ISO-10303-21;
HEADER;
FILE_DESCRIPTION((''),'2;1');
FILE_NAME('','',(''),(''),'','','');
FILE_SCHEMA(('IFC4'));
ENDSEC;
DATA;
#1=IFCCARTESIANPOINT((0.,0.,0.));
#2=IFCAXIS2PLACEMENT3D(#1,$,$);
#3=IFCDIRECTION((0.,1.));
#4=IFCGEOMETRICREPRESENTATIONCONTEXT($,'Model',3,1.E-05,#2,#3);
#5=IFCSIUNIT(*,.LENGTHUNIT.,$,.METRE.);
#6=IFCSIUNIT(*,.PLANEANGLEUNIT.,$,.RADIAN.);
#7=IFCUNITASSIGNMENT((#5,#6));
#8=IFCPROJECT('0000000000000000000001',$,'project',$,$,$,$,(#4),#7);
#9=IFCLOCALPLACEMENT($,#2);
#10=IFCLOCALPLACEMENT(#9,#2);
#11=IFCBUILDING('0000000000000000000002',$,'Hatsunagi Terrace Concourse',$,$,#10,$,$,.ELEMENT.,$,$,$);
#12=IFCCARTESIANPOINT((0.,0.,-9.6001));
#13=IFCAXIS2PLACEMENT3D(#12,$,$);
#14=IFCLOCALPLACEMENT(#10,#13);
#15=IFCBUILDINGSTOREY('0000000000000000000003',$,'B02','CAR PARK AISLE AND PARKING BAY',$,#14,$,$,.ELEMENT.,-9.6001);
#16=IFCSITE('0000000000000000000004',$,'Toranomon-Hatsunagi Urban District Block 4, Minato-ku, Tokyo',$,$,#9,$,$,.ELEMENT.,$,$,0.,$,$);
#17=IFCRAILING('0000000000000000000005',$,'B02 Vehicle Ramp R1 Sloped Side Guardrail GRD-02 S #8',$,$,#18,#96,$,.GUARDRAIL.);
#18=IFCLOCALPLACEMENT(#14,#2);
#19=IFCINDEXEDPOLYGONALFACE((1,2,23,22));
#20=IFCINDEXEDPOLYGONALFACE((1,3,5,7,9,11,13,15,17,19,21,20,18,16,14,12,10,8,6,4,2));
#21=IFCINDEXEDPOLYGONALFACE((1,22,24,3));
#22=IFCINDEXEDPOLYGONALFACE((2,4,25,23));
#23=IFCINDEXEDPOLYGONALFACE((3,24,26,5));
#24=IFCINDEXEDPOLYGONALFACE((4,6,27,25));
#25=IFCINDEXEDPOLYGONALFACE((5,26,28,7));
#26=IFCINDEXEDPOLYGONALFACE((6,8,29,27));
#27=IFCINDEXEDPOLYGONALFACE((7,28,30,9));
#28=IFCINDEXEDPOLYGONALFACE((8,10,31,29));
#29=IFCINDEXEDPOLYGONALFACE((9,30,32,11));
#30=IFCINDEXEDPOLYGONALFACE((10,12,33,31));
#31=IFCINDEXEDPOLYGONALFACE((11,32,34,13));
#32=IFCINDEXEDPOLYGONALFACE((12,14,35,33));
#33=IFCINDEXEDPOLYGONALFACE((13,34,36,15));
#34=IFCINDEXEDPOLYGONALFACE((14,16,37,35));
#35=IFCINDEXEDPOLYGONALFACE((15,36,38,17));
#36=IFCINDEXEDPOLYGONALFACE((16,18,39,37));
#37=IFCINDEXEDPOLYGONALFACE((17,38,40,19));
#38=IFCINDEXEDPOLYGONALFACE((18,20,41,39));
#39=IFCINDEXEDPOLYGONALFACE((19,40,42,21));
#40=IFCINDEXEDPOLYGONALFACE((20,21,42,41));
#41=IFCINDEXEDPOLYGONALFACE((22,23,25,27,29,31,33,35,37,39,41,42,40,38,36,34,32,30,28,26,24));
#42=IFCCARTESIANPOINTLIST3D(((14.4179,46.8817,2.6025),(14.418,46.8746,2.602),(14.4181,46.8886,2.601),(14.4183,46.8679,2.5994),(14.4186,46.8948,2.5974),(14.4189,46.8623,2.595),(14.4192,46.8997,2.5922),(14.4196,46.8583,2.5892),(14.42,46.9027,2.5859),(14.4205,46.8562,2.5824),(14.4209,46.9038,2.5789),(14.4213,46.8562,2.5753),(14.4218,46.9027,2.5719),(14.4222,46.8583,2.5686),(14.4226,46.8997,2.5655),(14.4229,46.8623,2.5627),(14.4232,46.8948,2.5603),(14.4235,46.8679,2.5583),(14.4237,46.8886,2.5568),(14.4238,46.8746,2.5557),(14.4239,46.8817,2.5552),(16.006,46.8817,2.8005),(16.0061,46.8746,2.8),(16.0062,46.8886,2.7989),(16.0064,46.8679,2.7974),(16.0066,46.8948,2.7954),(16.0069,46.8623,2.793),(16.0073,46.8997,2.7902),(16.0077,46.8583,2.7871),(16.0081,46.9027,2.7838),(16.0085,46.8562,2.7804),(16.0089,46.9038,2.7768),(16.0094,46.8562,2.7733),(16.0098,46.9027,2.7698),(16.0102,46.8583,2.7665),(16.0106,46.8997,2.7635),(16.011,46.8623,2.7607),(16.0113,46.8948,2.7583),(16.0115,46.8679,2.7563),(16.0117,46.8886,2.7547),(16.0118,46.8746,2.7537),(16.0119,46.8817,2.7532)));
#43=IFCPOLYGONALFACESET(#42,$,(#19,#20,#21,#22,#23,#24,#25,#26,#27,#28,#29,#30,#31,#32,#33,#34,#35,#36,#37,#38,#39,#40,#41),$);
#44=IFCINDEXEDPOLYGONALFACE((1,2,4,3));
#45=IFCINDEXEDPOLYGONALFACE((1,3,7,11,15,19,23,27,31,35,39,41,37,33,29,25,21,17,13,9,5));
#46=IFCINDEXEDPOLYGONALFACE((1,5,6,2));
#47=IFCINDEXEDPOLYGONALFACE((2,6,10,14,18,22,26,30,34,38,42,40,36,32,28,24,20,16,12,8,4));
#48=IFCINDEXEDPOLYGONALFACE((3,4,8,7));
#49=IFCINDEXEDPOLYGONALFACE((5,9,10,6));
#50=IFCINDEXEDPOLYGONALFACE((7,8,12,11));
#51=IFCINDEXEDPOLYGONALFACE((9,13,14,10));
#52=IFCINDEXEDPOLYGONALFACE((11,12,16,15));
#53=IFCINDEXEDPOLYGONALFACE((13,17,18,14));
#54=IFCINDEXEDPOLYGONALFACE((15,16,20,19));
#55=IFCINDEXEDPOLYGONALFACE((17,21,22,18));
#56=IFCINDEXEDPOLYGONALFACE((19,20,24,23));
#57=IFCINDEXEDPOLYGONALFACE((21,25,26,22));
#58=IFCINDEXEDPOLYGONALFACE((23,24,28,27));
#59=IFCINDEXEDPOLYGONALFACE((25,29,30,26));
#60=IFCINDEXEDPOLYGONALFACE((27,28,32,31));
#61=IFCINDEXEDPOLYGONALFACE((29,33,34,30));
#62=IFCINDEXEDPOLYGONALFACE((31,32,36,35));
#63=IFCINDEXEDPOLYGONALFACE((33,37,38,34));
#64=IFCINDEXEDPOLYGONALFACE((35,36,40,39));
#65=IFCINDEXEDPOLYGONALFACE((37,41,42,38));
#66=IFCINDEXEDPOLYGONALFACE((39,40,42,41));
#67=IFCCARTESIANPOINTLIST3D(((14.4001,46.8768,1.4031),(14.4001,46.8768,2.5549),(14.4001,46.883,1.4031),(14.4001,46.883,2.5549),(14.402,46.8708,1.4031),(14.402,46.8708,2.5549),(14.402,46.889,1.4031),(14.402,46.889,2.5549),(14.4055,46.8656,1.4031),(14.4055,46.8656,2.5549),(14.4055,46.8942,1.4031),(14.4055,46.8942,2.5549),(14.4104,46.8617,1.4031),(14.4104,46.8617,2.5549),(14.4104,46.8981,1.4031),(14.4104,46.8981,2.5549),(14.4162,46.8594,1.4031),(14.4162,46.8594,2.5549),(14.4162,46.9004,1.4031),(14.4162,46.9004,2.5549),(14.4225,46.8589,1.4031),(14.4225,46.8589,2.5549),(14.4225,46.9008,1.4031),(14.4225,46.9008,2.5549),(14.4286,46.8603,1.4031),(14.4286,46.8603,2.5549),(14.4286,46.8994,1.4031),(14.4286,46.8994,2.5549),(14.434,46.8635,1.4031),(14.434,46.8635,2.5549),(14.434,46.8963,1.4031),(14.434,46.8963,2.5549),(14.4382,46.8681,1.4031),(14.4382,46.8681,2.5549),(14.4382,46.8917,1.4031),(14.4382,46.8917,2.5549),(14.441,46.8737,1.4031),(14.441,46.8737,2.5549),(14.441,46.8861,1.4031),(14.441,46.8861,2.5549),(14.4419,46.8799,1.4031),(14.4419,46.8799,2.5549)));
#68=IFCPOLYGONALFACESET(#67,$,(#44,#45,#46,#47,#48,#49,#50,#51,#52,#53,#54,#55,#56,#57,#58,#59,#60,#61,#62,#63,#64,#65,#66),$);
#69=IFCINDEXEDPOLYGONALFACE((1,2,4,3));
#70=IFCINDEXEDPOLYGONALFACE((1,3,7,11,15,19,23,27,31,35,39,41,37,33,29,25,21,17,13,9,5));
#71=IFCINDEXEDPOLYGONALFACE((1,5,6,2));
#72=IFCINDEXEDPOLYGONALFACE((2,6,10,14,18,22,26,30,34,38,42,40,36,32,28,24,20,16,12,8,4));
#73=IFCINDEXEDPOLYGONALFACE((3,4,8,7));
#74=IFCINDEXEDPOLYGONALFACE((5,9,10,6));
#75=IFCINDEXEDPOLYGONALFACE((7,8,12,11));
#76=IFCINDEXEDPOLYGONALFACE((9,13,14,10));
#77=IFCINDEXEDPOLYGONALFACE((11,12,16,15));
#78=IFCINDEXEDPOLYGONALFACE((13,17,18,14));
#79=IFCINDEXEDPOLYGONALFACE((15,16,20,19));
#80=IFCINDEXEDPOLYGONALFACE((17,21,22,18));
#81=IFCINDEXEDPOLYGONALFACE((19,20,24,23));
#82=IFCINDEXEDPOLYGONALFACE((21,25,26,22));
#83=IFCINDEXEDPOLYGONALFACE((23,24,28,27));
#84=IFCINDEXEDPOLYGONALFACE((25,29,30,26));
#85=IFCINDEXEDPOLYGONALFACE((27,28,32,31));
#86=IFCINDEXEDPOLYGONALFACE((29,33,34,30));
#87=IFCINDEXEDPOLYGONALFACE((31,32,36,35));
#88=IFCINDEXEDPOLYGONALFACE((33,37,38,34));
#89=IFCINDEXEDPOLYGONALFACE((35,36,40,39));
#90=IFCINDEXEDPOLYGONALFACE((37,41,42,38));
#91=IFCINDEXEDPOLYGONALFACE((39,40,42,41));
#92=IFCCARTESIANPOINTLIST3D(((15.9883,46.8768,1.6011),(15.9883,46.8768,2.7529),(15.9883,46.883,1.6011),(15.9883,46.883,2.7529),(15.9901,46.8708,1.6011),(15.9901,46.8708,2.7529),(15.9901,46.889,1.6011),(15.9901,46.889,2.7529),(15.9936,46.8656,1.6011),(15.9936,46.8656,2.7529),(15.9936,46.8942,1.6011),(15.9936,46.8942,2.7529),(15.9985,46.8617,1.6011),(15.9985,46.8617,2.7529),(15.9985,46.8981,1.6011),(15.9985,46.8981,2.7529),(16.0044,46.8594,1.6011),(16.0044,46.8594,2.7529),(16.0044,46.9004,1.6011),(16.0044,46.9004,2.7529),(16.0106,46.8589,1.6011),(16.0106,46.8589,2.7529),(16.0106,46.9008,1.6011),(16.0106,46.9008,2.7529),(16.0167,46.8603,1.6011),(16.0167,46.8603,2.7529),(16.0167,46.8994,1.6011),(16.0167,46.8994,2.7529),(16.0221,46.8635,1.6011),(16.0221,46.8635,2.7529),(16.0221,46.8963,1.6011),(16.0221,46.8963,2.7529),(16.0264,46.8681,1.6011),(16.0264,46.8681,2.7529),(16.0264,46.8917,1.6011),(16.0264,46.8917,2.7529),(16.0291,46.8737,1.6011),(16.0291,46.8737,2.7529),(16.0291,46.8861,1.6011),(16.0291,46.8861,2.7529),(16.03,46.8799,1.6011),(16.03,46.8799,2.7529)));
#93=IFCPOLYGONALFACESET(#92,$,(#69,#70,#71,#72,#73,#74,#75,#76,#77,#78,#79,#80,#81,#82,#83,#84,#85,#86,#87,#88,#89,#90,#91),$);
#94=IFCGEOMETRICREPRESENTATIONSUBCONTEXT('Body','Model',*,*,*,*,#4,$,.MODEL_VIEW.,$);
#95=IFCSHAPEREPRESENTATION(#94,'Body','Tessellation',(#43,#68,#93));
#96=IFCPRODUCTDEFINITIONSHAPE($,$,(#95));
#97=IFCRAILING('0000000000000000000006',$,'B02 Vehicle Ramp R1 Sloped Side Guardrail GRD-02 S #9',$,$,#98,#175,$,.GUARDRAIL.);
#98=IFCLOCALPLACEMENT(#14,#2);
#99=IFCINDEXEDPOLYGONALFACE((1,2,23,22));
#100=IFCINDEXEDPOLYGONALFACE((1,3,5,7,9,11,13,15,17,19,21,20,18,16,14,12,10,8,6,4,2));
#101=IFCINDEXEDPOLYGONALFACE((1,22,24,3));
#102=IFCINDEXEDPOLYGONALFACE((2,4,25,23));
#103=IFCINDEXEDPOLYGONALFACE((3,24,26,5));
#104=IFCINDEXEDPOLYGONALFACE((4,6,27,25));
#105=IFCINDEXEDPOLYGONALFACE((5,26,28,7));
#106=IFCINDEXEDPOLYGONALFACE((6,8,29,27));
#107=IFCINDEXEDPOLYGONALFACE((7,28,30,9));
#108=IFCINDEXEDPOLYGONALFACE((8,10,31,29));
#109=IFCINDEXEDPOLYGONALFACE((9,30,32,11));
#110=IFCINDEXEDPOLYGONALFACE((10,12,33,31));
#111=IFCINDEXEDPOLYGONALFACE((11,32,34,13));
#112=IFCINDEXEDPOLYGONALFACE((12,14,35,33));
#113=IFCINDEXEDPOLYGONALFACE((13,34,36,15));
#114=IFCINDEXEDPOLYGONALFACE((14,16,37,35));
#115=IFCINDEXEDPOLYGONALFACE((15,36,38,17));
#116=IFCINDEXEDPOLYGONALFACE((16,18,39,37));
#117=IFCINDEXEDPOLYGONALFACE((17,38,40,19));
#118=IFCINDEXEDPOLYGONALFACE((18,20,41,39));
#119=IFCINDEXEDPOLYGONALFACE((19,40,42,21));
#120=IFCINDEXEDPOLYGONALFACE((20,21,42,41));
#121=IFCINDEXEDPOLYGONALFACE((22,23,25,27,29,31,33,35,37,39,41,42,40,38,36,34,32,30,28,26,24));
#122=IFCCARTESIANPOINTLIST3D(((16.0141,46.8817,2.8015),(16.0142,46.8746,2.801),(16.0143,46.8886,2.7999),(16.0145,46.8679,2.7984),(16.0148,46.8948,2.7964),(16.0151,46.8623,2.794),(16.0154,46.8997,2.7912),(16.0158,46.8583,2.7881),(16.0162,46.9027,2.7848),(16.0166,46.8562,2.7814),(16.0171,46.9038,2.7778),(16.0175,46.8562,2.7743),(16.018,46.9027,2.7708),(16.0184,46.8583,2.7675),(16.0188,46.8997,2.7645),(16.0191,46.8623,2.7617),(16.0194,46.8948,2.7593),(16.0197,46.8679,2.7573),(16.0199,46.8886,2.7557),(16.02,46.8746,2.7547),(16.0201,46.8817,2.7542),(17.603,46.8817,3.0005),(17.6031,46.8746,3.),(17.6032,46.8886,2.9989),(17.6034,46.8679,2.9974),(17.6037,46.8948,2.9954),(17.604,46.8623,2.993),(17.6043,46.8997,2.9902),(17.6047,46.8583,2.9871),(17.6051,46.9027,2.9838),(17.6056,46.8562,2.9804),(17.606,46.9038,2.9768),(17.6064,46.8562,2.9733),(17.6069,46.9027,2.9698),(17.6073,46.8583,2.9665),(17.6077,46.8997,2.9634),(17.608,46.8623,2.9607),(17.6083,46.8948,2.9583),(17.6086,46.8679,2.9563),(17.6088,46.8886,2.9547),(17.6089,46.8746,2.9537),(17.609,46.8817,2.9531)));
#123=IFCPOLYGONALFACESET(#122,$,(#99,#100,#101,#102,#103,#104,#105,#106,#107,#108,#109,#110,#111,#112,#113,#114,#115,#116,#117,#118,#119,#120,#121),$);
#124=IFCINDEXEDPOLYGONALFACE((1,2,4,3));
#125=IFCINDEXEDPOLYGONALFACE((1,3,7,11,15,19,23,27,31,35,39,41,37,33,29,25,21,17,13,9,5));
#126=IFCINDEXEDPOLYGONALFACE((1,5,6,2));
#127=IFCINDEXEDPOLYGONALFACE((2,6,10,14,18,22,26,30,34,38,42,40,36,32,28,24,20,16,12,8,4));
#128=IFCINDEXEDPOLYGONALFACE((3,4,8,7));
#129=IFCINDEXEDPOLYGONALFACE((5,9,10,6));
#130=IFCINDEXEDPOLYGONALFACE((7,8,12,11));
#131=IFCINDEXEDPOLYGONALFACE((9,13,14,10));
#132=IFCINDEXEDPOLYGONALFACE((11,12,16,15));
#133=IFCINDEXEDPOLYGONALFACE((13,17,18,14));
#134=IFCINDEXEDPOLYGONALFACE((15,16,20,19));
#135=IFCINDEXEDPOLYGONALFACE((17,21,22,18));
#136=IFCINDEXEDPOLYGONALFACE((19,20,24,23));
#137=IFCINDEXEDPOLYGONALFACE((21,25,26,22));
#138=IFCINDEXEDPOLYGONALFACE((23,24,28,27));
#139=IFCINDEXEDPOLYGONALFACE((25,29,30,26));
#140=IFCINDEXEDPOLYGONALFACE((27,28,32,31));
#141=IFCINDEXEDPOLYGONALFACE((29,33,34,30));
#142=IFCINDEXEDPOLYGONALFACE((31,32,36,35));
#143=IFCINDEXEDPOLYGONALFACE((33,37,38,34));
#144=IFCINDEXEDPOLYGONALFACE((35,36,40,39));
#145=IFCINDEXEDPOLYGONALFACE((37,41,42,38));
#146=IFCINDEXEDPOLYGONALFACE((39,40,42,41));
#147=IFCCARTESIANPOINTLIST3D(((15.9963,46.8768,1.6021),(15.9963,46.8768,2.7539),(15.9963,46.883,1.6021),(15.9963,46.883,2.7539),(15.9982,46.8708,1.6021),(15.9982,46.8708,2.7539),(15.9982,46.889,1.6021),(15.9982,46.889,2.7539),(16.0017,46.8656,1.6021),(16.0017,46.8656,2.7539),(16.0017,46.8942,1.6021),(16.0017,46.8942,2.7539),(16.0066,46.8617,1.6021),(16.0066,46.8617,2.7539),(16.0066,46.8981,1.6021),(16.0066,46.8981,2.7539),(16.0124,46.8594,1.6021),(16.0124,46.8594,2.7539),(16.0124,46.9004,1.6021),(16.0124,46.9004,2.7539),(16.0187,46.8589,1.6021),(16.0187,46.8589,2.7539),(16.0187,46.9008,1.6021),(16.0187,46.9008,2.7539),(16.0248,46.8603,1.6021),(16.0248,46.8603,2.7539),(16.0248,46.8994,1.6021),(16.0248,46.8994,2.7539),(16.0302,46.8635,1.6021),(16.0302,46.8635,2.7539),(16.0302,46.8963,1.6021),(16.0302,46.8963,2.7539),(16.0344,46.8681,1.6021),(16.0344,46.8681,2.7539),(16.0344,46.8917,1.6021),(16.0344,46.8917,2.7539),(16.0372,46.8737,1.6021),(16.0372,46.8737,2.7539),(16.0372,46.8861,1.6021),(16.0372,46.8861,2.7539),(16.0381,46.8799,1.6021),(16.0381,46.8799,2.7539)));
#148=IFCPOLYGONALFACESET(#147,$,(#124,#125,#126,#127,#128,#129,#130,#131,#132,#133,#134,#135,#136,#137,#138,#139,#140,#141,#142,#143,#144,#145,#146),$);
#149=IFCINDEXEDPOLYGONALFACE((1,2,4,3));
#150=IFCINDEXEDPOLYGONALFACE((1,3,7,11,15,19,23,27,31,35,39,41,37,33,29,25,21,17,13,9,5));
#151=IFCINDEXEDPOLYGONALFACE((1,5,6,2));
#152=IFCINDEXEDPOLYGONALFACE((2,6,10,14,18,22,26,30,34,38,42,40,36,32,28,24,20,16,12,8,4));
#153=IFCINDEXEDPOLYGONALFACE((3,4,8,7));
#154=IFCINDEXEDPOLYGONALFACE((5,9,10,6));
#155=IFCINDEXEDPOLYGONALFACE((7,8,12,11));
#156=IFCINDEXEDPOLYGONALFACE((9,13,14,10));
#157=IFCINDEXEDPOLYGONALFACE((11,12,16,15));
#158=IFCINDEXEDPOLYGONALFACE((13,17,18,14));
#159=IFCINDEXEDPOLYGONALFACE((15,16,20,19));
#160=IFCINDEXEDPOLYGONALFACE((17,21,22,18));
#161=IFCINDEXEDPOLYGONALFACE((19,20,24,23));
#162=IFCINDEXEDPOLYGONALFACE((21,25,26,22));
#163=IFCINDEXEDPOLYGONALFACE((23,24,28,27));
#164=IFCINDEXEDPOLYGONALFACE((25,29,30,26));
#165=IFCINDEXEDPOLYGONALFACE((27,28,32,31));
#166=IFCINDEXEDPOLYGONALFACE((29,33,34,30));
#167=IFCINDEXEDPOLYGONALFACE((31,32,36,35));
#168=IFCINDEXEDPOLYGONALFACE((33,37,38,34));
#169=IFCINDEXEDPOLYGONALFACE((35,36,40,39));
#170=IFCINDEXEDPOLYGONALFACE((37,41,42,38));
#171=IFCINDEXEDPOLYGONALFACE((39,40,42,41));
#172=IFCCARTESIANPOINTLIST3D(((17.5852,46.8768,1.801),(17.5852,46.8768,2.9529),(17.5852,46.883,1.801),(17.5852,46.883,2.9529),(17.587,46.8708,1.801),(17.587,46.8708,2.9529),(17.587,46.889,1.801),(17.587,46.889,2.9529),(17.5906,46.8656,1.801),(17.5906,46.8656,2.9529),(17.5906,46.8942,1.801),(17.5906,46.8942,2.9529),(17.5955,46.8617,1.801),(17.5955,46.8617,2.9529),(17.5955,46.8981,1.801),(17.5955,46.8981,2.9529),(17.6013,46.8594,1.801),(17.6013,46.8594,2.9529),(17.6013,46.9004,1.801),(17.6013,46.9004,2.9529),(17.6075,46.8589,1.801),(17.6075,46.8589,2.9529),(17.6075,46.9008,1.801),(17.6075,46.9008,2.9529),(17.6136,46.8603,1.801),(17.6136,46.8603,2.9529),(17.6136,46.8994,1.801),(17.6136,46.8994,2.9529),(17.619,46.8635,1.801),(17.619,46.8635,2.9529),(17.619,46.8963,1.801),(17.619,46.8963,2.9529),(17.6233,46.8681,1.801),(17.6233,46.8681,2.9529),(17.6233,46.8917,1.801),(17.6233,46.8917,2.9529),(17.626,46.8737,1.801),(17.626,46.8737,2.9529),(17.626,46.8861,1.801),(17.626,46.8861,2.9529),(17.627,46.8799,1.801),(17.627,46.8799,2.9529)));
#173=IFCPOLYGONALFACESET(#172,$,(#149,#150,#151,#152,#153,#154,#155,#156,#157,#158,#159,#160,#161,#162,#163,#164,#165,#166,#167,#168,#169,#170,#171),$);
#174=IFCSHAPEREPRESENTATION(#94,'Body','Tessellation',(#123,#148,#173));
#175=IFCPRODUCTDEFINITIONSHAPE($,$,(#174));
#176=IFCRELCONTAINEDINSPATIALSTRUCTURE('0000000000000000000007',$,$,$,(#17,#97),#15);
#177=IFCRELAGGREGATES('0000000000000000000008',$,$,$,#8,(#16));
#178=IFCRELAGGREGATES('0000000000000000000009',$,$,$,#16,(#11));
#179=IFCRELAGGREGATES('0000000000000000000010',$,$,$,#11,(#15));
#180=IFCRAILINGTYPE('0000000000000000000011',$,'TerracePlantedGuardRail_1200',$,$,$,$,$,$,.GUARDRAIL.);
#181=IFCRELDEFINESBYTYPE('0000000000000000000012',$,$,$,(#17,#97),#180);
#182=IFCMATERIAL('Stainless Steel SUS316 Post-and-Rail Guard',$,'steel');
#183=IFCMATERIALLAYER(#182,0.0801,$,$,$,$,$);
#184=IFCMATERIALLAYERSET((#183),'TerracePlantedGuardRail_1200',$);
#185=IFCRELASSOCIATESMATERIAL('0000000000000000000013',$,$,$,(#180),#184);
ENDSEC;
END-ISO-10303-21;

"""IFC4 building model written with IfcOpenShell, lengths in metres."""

from ifc_helpers import new_model, si_unit, direction, frame, origin, origin_2d, place, context, subcontext, project, spatial, circle, extrude, material, layer, layer_set, type_object, element, save


model = new_model("IFC4")

# Units and contexts
model_context = context("Model", 3, precision=1e-05, world=origin(), true_north=direction((0.0, 1.0)))
body_context = subcontext(model_context, "Body", "Model", "MODEL_VIEW")
ifc_project = project(units=[si_unit("LENGTHUNIT", "METRE"), si_unit("PLANEANGLEUNIT", "RADIAN")], contexts=[model_context])

# Site, building, storey
site_placement = place(None, origin())
site = spatial("IfcSite", under=ifc_project, at=site_placement, Name="Toranomon-Hatsunagi Urban District Block 4, Minato-ku, Tokyo", CompositionType="ELEMENT", RefElevation=0.0)
building_placement = place(site_placement, origin())
building = spatial("IfcBuilding", under=site, at=building_placement, Name="Hatsunagi Terrace Concourse", CompositionType="ELEMENT")
storey_placement = place(building_placement, frame((0.0, 0.0, -9.6001)))
storey = spatial("IfcBuildingStorey", under=building, at=storey_placement, Name="B02", Description="CAR PARK AISLE AND PARKING BAY", CompositionType="ELEMENT", Elevation=-9.6001)

# Railings
ifc_material_1 = material(Name="Stainless Steel SUS316 Post-and-Rail Guard", Category="steel")
ifc_layer_1 = layer(ifc_material_1, 0.0801)
ifc_layer_set_1 = layer_set([ifc_layer_1], Name="TerracePlantedGuardRail_1200")
railing_type = type_object("IfcRailingType", Name="TerracePlantedGuardRail_1200", PredefinedType="GUARDRAIL", material=ifc_layer_set_1)
railing_1_placement = place(storey_placement, frame((14.4209, 46.8799, 1.4031)))
element("IfcRailing", 1, at=railing_1_placement, inside=storey, type_object=railing_type, Name="B02 Vehicle Ramp R1 Sloped Side Guardrail GRD-02 S #8", PredefinedType="GUARDRAIL", context=body_context, shape_type="SweptSolid", body=[
    extrude(circle(Radius=0.0239, at=origin_2d()), frame((0.0, 0.0, 1.1758), z_axis=(0.992318, 0.0, 0.123716), x_axis=(0.0, 1.0, 0.0)), (0.0, 0.0, 1.0), 1.6003),
    extrude(circle(Radius=0.021, at=origin_2d()), origin(), (0.0, 0.0, 1.0), 1.1519),
    extrude(circle(Radius=0.021, at=origin_2d()), frame((1.5881, 0.0, 0.198)), (0.0, 0.0, 1.0), 1.1519),
])
railing_2_placement = place(storey_placement, frame((16.0171, 46.8799, 1.6021)))
element("IfcRailing", 2, at=railing_2_placement, inside=storey, type_object=railing_type, Name="B02 Vehicle Ramp R1 Sloped Side Guardrail GRD-02 S #9", PredefinedType="GUARDRAIL", context=body_context, shape_type="SweptSolid", body=[
    extrude(circle(Radius=0.0239, at=origin_2d()), frame((0.0, 0.0, 1.1758), z_axis=(0.99225, 0.0, 0.12426), x_axis=(0.0, 1.0, 0.0)), (0.0, 0.0, 1.0), 1.6013),
    extrude(circle(Radius=0.021, at=origin_2d()), origin(), (0.0, 0.0, 1.0), 1.1519),
    extrude(circle(Radius=0.021, at=origin_2d()), frame((1.5889, 0.0, 0.199)), (0.0, 0.0, 1.0), 1.1519),
])

save(model, "model.ifc")
